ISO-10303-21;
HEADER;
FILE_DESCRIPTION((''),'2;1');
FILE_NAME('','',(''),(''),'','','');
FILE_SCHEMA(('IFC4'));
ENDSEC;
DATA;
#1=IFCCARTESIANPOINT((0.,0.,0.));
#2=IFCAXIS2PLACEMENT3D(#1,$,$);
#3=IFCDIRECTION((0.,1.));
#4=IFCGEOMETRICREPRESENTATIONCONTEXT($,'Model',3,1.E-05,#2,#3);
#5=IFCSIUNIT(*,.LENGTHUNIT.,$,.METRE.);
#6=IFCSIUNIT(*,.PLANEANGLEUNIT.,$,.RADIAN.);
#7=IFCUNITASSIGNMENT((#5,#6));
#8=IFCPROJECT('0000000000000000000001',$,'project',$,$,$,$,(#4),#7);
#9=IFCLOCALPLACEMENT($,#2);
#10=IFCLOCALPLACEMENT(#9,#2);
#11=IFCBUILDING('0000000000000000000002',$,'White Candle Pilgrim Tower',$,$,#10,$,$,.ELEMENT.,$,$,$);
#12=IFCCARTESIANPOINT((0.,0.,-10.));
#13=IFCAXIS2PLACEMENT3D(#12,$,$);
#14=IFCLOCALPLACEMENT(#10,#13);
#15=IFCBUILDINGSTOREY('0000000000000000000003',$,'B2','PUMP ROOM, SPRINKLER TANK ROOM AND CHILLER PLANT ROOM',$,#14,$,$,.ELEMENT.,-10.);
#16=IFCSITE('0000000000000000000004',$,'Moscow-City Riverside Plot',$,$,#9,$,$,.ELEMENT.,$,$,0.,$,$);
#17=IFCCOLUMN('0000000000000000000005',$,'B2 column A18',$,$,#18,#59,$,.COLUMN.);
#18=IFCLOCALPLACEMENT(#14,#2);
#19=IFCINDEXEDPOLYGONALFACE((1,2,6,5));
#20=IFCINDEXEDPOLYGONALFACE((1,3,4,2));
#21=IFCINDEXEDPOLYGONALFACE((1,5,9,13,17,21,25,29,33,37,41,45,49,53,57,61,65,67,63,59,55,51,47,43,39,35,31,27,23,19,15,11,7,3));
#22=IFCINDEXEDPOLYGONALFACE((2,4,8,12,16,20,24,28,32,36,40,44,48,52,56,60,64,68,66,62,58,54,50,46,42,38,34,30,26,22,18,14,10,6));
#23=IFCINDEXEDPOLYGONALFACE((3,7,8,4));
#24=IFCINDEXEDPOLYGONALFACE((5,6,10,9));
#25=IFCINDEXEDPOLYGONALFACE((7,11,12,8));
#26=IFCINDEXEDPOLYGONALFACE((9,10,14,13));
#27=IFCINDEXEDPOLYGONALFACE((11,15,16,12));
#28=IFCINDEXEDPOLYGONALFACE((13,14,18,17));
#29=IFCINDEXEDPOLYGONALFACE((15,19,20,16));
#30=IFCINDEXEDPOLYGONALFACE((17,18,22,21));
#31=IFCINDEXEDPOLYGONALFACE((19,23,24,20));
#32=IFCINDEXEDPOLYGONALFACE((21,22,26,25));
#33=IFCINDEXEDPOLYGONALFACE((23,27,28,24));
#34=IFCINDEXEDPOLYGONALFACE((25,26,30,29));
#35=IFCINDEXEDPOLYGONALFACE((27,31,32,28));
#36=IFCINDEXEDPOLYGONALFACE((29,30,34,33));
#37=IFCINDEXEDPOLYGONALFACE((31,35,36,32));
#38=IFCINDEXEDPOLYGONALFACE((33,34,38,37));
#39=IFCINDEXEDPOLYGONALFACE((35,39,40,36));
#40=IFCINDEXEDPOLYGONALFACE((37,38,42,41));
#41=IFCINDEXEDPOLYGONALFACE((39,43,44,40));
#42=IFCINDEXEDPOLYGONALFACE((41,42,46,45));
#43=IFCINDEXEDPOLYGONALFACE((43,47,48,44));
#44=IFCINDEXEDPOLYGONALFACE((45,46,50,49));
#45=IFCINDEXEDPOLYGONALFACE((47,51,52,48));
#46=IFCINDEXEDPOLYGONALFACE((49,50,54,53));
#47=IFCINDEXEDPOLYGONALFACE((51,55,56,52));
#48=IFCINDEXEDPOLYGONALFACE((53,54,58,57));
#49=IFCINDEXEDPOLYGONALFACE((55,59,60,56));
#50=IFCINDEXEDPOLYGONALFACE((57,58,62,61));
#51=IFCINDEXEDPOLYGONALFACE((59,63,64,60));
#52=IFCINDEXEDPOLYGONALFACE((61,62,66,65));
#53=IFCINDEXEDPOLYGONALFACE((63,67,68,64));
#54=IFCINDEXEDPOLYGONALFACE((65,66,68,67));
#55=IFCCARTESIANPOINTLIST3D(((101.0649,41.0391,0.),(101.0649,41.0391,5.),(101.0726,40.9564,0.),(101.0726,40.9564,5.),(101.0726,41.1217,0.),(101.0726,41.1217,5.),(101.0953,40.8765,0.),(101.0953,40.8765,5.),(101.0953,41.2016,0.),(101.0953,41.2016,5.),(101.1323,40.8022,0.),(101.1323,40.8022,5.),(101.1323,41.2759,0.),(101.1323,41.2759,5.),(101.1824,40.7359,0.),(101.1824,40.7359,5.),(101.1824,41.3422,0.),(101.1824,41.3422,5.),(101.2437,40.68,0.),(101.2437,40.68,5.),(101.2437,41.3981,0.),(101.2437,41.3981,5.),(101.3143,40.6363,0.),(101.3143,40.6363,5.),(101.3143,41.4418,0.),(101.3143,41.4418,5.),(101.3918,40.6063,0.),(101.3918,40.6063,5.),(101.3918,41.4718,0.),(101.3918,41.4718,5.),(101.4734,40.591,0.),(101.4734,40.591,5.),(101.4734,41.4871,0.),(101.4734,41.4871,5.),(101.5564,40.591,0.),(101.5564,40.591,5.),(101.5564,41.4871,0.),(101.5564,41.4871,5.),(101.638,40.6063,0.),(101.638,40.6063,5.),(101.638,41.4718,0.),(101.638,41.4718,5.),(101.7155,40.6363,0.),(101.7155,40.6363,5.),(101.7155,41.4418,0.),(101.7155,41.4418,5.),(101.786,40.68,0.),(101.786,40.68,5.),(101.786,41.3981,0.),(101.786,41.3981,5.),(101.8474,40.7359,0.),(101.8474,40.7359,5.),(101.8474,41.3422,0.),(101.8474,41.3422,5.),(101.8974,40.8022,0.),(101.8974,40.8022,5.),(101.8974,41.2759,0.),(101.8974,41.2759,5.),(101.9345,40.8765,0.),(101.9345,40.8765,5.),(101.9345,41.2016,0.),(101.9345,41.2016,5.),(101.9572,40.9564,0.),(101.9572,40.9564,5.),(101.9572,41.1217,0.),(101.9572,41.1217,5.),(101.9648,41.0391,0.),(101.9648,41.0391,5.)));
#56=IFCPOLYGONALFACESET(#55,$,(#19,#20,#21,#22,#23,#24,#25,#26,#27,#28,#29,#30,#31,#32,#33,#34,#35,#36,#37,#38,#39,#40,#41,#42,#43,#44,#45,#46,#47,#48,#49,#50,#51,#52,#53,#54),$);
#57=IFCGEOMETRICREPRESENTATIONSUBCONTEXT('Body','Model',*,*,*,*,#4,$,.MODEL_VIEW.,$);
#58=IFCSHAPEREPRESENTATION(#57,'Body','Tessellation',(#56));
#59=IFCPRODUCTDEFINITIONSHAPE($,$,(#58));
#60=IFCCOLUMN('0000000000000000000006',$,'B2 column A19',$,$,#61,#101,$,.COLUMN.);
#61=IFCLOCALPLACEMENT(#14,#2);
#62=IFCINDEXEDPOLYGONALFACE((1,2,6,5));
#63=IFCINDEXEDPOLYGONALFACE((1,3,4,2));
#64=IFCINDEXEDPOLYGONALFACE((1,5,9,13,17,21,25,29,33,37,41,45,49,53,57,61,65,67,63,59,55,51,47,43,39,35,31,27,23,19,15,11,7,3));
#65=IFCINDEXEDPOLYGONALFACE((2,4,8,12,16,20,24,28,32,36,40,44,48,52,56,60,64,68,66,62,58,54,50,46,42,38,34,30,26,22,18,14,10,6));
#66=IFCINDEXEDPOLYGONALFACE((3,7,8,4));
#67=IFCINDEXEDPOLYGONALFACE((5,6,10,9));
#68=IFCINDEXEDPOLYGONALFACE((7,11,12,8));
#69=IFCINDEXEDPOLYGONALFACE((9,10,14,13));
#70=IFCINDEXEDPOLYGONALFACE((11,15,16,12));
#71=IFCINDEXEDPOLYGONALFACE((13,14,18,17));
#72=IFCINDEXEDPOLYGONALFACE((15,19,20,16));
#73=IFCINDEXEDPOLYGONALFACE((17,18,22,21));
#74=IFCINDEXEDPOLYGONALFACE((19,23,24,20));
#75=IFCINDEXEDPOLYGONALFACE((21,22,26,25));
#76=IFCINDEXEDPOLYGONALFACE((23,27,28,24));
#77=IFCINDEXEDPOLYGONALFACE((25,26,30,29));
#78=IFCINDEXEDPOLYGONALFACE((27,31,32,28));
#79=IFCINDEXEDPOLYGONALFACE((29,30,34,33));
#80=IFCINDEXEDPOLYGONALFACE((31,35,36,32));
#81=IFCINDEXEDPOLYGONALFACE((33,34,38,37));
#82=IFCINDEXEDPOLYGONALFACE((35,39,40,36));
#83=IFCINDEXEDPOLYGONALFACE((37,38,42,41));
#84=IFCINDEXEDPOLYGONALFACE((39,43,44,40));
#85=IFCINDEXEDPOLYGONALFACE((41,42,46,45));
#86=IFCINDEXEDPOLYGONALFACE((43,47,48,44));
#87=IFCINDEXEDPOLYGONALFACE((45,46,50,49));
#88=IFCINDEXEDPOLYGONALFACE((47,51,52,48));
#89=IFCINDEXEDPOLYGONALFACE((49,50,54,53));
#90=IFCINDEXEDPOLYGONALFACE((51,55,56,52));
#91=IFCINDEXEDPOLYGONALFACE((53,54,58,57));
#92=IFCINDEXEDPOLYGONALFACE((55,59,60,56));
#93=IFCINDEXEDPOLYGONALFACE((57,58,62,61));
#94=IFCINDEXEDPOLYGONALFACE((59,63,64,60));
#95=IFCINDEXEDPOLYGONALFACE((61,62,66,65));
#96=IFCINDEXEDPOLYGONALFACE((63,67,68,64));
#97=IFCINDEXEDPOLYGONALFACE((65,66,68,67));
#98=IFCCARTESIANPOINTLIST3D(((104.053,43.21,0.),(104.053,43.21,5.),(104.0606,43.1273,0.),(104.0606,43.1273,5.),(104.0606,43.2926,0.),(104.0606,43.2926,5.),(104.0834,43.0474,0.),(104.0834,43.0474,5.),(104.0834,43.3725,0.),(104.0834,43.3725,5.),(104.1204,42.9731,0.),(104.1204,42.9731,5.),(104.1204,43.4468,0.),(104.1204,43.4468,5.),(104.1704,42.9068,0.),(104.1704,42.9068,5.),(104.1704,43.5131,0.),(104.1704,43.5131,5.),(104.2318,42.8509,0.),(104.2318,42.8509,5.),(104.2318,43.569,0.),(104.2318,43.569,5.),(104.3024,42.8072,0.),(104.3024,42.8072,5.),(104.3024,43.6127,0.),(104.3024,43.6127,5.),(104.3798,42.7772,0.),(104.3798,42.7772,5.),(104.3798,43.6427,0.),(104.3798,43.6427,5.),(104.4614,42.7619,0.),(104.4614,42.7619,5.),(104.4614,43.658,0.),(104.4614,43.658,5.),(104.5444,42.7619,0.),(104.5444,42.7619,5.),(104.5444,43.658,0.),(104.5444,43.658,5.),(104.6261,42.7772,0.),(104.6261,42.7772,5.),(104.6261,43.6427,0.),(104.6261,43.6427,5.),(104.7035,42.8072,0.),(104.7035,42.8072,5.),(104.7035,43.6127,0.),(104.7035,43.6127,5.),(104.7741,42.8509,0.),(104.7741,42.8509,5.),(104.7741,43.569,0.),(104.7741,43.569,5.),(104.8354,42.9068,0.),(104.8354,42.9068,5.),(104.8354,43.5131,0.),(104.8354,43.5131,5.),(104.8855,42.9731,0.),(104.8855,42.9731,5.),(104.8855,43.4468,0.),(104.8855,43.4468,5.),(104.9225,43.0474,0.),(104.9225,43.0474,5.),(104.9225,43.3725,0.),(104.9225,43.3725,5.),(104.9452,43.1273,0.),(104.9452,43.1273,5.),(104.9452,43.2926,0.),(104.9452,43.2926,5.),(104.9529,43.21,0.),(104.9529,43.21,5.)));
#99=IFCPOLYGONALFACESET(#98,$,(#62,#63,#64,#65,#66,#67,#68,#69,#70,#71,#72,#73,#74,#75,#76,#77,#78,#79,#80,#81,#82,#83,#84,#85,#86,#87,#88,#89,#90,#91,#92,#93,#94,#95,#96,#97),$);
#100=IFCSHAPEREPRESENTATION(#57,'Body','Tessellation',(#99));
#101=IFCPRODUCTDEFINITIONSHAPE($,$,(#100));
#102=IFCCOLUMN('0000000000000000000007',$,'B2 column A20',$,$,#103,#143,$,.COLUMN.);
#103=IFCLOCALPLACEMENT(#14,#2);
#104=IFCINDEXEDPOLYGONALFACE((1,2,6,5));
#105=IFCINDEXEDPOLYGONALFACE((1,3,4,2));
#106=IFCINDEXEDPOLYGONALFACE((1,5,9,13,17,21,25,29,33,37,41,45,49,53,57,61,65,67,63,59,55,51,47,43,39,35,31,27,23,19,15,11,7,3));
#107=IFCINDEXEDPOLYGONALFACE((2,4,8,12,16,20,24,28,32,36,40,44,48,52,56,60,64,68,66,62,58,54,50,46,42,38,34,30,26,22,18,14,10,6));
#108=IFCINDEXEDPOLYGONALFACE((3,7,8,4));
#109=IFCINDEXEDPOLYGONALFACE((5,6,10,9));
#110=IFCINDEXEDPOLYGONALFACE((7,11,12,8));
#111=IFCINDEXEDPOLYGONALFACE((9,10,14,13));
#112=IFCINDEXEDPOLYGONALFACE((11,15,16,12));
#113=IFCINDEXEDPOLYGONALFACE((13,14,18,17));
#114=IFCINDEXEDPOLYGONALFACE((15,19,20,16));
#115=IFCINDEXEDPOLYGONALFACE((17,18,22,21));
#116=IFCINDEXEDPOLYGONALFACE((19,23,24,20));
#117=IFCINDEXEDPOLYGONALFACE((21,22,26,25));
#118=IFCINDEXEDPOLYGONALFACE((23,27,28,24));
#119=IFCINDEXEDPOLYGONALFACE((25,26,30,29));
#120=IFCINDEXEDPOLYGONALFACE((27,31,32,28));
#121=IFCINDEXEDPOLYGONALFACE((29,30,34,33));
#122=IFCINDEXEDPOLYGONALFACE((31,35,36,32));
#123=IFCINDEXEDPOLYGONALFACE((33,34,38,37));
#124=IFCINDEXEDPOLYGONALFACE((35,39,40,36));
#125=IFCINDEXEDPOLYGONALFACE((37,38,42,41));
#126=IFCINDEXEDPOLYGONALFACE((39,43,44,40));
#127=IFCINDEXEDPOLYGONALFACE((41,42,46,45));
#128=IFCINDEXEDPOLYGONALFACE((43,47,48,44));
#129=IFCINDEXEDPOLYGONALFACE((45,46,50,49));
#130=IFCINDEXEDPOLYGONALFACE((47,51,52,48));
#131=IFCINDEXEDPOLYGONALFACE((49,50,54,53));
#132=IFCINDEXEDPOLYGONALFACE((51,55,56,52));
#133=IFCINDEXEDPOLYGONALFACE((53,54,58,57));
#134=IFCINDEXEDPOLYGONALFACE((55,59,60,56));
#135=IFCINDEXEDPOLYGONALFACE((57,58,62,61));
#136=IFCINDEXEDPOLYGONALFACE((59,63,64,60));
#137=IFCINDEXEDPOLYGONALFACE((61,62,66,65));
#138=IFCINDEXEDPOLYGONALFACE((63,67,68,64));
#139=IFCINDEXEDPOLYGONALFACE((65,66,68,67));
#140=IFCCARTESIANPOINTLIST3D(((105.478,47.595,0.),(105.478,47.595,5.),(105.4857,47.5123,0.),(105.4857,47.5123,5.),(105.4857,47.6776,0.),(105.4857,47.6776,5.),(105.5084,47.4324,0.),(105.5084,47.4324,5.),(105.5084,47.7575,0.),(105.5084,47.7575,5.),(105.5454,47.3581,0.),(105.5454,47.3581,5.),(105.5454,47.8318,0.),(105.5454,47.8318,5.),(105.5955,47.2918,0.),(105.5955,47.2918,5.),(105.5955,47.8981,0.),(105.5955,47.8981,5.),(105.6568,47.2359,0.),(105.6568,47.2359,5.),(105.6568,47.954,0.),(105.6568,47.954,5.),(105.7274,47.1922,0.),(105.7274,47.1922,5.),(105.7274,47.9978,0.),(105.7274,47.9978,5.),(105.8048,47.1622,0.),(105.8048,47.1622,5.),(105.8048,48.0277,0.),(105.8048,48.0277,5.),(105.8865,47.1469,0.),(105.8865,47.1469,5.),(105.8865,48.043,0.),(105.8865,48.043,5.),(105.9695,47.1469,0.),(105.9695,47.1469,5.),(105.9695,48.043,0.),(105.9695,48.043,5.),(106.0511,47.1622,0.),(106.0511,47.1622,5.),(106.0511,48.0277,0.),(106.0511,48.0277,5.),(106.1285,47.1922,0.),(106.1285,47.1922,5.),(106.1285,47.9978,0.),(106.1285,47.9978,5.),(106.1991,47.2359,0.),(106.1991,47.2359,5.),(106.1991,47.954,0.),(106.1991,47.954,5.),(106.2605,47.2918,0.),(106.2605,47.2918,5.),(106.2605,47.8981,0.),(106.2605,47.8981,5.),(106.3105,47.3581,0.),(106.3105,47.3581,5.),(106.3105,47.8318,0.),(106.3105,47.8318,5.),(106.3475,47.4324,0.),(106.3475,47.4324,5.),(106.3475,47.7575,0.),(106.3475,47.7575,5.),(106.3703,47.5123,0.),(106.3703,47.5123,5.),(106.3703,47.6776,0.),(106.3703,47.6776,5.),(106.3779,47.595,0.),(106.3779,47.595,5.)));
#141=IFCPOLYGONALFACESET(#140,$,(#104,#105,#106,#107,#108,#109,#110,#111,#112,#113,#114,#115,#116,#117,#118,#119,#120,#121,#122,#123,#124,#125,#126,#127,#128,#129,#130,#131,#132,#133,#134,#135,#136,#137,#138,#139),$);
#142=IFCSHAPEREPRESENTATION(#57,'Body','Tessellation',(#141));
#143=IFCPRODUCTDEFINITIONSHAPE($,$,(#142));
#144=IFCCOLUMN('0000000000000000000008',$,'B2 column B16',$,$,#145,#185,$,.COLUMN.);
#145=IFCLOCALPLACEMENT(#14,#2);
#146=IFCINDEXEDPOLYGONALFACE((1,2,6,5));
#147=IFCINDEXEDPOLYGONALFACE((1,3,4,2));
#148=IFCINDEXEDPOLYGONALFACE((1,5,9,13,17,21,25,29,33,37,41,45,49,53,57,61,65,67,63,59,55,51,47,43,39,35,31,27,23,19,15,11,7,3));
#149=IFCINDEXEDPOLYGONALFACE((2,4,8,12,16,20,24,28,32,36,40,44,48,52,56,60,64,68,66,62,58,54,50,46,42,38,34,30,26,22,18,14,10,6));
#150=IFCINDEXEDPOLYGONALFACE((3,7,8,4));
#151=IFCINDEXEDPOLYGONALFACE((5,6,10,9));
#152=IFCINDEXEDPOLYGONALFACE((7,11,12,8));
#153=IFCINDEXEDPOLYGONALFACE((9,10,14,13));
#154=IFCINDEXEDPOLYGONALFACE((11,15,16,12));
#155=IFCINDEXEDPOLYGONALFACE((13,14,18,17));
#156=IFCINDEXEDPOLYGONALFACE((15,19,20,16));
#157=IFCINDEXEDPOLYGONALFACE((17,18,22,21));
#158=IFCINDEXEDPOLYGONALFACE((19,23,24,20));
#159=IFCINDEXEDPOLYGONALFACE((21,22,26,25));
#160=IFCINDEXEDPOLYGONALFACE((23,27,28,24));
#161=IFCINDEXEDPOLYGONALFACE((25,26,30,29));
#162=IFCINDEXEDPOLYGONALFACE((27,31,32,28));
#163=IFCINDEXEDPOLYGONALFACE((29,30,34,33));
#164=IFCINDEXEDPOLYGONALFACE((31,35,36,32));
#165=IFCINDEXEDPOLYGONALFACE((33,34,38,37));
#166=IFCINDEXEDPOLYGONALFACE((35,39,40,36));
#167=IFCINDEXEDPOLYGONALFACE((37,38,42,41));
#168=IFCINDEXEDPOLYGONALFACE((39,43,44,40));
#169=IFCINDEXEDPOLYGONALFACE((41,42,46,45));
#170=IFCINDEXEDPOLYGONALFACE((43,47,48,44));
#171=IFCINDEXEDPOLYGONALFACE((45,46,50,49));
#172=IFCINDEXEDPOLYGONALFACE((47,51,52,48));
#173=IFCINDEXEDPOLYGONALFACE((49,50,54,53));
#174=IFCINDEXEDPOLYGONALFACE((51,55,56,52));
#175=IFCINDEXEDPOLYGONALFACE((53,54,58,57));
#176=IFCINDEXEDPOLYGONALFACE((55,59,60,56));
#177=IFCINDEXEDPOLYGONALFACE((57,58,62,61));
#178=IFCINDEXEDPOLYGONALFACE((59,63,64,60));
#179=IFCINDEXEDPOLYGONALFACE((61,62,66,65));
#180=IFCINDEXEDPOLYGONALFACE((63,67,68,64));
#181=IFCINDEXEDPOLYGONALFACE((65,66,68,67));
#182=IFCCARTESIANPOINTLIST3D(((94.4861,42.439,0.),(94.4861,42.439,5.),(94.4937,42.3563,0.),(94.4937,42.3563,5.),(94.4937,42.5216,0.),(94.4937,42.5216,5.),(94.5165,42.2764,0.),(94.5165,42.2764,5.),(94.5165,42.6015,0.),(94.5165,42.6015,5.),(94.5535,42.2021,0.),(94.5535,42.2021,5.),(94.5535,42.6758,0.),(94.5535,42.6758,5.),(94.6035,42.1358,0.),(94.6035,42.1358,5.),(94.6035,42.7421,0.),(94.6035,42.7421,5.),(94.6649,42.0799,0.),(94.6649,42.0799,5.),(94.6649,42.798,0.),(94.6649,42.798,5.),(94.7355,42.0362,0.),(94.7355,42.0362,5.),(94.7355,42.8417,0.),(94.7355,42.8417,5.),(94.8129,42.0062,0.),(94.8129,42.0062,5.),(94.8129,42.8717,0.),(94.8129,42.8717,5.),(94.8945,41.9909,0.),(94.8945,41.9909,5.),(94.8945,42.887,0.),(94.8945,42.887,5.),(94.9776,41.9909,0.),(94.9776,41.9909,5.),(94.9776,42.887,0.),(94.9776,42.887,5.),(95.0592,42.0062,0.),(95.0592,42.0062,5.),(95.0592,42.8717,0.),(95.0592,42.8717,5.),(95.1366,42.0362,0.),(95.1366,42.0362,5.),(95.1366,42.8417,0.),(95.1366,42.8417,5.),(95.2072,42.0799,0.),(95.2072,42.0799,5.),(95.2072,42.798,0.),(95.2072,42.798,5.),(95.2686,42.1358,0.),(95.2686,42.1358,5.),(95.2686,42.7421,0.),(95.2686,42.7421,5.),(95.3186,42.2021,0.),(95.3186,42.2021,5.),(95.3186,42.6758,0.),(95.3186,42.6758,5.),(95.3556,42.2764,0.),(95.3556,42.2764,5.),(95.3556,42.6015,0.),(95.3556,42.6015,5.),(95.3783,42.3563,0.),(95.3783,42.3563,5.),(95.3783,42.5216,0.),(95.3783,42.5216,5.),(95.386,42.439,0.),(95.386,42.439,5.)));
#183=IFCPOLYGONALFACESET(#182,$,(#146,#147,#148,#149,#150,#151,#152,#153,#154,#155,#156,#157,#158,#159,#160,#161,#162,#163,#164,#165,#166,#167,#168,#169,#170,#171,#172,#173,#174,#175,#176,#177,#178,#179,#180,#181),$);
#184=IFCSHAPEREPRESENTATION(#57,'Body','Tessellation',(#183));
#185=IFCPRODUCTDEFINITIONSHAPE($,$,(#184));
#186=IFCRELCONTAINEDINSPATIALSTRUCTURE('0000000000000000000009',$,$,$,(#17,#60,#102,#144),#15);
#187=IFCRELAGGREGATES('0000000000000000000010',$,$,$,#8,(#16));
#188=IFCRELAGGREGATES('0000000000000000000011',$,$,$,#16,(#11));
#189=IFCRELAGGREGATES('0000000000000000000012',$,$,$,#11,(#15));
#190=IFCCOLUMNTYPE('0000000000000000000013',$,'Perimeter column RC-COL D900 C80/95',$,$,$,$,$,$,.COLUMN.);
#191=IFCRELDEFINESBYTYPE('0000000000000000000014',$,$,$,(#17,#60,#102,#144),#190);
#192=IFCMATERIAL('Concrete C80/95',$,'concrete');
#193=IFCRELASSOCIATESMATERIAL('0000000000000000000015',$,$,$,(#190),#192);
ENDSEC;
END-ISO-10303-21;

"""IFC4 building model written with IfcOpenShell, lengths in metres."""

from ifc_helpers import new_model, si_unit, direction, frame, origin, origin_2d, place, context, subcontext, project, spatial, circle, extrude, material, material_profile, profile_set, type_object, element, save


model = new_model("IFC4")

# Units and contexts
model_context = context("Model", 3, precision=1e-05, world=origin(), true_north=direction((0.0, 1.0)))
body_context = subcontext(model_context, "Body", "Model", "MODEL_VIEW")
ifc_project = project(units=[si_unit("LENGTHUNIT", "METRE"), si_unit("PLANEANGLEUNIT", "RADIAN")], contexts=[model_context])

# Site, building, storey
site_placement = place(None, origin())
site = spatial("IfcSite", under=ifc_project, at=site_placement, Name="Moscow-City Riverside Plot", CompositionType="ELEMENT", RefElevation=0.0)
building_placement = place(site_placement, origin())
building = spatial("IfcBuilding", under=site, at=building_placement, Name="White Candle Pilgrim Tower", CompositionType="ELEMENT")
storey_placement = place(building_placement, frame((0.0, 0.0, -10.0)))
storey = spatial("IfcBuildingStorey", under=building, at=storey_placement, Name="B2", Description="PUMP ROOM, SPRINKLER TANK ROOM AND CHILLER PLANT ROOM", CompositionType="ELEMENT", Elevation=-10.0)

# Columns
ifc_material_1 = material(Name="Concrete C80/95", Category="concrete")
ifc_material_profile_1 = material_profile(ifc_material_1, circle(Radius=0.45, at=origin_2d()), Name="RC-COL D900")
ifc_profile_set_1 = profile_set([ifc_material_profile_1], Name="Concrete C80/95")
column_type = type_object("IfcColumnType", Name="Perimeter column RC-COL D900 C80/95", PredefinedType="COLUMN", material=ifc_profile_set_1)
for number, where, z_axis, x_axis, name in (
    (1, (101.5149, 41.0391, 0.0), (0.0, 0.0, 1.0), (1.0, 0.0, 0.0), "B2 column A18"),
    (2, (104.5029, 43.21, 0.0), (0.0, 0.0, 1.0), (1.0, 0.0, 0.0), "B2 column A19"),
    (3, (105.928, 47.595, 0.0), (0.0, 0.0, 1.0), (1.0, 0.0, 0.0), "B2 column A20"),
    (4, (94.936, 42.439, 0.0), (0.0, 0.0, 1.0), (1.0, 0.0, 0.0), "B2 column B16"),
):
    element("IfcColumn", number, at=place(storey_placement, frame(where, z_axis=z_axis, x_axis=x_axis)), inside=storey, type_object=column_type, Name=name, PredefinedType="COLUMN", context=body_context, shape_type="SweptSolid", body=[
        extrude(circle(Radius=0.45, at=origin_2d()), origin(), (0.0, 0.0, 1.0), 5.0),
    ])

save(model, "model.ifc")
